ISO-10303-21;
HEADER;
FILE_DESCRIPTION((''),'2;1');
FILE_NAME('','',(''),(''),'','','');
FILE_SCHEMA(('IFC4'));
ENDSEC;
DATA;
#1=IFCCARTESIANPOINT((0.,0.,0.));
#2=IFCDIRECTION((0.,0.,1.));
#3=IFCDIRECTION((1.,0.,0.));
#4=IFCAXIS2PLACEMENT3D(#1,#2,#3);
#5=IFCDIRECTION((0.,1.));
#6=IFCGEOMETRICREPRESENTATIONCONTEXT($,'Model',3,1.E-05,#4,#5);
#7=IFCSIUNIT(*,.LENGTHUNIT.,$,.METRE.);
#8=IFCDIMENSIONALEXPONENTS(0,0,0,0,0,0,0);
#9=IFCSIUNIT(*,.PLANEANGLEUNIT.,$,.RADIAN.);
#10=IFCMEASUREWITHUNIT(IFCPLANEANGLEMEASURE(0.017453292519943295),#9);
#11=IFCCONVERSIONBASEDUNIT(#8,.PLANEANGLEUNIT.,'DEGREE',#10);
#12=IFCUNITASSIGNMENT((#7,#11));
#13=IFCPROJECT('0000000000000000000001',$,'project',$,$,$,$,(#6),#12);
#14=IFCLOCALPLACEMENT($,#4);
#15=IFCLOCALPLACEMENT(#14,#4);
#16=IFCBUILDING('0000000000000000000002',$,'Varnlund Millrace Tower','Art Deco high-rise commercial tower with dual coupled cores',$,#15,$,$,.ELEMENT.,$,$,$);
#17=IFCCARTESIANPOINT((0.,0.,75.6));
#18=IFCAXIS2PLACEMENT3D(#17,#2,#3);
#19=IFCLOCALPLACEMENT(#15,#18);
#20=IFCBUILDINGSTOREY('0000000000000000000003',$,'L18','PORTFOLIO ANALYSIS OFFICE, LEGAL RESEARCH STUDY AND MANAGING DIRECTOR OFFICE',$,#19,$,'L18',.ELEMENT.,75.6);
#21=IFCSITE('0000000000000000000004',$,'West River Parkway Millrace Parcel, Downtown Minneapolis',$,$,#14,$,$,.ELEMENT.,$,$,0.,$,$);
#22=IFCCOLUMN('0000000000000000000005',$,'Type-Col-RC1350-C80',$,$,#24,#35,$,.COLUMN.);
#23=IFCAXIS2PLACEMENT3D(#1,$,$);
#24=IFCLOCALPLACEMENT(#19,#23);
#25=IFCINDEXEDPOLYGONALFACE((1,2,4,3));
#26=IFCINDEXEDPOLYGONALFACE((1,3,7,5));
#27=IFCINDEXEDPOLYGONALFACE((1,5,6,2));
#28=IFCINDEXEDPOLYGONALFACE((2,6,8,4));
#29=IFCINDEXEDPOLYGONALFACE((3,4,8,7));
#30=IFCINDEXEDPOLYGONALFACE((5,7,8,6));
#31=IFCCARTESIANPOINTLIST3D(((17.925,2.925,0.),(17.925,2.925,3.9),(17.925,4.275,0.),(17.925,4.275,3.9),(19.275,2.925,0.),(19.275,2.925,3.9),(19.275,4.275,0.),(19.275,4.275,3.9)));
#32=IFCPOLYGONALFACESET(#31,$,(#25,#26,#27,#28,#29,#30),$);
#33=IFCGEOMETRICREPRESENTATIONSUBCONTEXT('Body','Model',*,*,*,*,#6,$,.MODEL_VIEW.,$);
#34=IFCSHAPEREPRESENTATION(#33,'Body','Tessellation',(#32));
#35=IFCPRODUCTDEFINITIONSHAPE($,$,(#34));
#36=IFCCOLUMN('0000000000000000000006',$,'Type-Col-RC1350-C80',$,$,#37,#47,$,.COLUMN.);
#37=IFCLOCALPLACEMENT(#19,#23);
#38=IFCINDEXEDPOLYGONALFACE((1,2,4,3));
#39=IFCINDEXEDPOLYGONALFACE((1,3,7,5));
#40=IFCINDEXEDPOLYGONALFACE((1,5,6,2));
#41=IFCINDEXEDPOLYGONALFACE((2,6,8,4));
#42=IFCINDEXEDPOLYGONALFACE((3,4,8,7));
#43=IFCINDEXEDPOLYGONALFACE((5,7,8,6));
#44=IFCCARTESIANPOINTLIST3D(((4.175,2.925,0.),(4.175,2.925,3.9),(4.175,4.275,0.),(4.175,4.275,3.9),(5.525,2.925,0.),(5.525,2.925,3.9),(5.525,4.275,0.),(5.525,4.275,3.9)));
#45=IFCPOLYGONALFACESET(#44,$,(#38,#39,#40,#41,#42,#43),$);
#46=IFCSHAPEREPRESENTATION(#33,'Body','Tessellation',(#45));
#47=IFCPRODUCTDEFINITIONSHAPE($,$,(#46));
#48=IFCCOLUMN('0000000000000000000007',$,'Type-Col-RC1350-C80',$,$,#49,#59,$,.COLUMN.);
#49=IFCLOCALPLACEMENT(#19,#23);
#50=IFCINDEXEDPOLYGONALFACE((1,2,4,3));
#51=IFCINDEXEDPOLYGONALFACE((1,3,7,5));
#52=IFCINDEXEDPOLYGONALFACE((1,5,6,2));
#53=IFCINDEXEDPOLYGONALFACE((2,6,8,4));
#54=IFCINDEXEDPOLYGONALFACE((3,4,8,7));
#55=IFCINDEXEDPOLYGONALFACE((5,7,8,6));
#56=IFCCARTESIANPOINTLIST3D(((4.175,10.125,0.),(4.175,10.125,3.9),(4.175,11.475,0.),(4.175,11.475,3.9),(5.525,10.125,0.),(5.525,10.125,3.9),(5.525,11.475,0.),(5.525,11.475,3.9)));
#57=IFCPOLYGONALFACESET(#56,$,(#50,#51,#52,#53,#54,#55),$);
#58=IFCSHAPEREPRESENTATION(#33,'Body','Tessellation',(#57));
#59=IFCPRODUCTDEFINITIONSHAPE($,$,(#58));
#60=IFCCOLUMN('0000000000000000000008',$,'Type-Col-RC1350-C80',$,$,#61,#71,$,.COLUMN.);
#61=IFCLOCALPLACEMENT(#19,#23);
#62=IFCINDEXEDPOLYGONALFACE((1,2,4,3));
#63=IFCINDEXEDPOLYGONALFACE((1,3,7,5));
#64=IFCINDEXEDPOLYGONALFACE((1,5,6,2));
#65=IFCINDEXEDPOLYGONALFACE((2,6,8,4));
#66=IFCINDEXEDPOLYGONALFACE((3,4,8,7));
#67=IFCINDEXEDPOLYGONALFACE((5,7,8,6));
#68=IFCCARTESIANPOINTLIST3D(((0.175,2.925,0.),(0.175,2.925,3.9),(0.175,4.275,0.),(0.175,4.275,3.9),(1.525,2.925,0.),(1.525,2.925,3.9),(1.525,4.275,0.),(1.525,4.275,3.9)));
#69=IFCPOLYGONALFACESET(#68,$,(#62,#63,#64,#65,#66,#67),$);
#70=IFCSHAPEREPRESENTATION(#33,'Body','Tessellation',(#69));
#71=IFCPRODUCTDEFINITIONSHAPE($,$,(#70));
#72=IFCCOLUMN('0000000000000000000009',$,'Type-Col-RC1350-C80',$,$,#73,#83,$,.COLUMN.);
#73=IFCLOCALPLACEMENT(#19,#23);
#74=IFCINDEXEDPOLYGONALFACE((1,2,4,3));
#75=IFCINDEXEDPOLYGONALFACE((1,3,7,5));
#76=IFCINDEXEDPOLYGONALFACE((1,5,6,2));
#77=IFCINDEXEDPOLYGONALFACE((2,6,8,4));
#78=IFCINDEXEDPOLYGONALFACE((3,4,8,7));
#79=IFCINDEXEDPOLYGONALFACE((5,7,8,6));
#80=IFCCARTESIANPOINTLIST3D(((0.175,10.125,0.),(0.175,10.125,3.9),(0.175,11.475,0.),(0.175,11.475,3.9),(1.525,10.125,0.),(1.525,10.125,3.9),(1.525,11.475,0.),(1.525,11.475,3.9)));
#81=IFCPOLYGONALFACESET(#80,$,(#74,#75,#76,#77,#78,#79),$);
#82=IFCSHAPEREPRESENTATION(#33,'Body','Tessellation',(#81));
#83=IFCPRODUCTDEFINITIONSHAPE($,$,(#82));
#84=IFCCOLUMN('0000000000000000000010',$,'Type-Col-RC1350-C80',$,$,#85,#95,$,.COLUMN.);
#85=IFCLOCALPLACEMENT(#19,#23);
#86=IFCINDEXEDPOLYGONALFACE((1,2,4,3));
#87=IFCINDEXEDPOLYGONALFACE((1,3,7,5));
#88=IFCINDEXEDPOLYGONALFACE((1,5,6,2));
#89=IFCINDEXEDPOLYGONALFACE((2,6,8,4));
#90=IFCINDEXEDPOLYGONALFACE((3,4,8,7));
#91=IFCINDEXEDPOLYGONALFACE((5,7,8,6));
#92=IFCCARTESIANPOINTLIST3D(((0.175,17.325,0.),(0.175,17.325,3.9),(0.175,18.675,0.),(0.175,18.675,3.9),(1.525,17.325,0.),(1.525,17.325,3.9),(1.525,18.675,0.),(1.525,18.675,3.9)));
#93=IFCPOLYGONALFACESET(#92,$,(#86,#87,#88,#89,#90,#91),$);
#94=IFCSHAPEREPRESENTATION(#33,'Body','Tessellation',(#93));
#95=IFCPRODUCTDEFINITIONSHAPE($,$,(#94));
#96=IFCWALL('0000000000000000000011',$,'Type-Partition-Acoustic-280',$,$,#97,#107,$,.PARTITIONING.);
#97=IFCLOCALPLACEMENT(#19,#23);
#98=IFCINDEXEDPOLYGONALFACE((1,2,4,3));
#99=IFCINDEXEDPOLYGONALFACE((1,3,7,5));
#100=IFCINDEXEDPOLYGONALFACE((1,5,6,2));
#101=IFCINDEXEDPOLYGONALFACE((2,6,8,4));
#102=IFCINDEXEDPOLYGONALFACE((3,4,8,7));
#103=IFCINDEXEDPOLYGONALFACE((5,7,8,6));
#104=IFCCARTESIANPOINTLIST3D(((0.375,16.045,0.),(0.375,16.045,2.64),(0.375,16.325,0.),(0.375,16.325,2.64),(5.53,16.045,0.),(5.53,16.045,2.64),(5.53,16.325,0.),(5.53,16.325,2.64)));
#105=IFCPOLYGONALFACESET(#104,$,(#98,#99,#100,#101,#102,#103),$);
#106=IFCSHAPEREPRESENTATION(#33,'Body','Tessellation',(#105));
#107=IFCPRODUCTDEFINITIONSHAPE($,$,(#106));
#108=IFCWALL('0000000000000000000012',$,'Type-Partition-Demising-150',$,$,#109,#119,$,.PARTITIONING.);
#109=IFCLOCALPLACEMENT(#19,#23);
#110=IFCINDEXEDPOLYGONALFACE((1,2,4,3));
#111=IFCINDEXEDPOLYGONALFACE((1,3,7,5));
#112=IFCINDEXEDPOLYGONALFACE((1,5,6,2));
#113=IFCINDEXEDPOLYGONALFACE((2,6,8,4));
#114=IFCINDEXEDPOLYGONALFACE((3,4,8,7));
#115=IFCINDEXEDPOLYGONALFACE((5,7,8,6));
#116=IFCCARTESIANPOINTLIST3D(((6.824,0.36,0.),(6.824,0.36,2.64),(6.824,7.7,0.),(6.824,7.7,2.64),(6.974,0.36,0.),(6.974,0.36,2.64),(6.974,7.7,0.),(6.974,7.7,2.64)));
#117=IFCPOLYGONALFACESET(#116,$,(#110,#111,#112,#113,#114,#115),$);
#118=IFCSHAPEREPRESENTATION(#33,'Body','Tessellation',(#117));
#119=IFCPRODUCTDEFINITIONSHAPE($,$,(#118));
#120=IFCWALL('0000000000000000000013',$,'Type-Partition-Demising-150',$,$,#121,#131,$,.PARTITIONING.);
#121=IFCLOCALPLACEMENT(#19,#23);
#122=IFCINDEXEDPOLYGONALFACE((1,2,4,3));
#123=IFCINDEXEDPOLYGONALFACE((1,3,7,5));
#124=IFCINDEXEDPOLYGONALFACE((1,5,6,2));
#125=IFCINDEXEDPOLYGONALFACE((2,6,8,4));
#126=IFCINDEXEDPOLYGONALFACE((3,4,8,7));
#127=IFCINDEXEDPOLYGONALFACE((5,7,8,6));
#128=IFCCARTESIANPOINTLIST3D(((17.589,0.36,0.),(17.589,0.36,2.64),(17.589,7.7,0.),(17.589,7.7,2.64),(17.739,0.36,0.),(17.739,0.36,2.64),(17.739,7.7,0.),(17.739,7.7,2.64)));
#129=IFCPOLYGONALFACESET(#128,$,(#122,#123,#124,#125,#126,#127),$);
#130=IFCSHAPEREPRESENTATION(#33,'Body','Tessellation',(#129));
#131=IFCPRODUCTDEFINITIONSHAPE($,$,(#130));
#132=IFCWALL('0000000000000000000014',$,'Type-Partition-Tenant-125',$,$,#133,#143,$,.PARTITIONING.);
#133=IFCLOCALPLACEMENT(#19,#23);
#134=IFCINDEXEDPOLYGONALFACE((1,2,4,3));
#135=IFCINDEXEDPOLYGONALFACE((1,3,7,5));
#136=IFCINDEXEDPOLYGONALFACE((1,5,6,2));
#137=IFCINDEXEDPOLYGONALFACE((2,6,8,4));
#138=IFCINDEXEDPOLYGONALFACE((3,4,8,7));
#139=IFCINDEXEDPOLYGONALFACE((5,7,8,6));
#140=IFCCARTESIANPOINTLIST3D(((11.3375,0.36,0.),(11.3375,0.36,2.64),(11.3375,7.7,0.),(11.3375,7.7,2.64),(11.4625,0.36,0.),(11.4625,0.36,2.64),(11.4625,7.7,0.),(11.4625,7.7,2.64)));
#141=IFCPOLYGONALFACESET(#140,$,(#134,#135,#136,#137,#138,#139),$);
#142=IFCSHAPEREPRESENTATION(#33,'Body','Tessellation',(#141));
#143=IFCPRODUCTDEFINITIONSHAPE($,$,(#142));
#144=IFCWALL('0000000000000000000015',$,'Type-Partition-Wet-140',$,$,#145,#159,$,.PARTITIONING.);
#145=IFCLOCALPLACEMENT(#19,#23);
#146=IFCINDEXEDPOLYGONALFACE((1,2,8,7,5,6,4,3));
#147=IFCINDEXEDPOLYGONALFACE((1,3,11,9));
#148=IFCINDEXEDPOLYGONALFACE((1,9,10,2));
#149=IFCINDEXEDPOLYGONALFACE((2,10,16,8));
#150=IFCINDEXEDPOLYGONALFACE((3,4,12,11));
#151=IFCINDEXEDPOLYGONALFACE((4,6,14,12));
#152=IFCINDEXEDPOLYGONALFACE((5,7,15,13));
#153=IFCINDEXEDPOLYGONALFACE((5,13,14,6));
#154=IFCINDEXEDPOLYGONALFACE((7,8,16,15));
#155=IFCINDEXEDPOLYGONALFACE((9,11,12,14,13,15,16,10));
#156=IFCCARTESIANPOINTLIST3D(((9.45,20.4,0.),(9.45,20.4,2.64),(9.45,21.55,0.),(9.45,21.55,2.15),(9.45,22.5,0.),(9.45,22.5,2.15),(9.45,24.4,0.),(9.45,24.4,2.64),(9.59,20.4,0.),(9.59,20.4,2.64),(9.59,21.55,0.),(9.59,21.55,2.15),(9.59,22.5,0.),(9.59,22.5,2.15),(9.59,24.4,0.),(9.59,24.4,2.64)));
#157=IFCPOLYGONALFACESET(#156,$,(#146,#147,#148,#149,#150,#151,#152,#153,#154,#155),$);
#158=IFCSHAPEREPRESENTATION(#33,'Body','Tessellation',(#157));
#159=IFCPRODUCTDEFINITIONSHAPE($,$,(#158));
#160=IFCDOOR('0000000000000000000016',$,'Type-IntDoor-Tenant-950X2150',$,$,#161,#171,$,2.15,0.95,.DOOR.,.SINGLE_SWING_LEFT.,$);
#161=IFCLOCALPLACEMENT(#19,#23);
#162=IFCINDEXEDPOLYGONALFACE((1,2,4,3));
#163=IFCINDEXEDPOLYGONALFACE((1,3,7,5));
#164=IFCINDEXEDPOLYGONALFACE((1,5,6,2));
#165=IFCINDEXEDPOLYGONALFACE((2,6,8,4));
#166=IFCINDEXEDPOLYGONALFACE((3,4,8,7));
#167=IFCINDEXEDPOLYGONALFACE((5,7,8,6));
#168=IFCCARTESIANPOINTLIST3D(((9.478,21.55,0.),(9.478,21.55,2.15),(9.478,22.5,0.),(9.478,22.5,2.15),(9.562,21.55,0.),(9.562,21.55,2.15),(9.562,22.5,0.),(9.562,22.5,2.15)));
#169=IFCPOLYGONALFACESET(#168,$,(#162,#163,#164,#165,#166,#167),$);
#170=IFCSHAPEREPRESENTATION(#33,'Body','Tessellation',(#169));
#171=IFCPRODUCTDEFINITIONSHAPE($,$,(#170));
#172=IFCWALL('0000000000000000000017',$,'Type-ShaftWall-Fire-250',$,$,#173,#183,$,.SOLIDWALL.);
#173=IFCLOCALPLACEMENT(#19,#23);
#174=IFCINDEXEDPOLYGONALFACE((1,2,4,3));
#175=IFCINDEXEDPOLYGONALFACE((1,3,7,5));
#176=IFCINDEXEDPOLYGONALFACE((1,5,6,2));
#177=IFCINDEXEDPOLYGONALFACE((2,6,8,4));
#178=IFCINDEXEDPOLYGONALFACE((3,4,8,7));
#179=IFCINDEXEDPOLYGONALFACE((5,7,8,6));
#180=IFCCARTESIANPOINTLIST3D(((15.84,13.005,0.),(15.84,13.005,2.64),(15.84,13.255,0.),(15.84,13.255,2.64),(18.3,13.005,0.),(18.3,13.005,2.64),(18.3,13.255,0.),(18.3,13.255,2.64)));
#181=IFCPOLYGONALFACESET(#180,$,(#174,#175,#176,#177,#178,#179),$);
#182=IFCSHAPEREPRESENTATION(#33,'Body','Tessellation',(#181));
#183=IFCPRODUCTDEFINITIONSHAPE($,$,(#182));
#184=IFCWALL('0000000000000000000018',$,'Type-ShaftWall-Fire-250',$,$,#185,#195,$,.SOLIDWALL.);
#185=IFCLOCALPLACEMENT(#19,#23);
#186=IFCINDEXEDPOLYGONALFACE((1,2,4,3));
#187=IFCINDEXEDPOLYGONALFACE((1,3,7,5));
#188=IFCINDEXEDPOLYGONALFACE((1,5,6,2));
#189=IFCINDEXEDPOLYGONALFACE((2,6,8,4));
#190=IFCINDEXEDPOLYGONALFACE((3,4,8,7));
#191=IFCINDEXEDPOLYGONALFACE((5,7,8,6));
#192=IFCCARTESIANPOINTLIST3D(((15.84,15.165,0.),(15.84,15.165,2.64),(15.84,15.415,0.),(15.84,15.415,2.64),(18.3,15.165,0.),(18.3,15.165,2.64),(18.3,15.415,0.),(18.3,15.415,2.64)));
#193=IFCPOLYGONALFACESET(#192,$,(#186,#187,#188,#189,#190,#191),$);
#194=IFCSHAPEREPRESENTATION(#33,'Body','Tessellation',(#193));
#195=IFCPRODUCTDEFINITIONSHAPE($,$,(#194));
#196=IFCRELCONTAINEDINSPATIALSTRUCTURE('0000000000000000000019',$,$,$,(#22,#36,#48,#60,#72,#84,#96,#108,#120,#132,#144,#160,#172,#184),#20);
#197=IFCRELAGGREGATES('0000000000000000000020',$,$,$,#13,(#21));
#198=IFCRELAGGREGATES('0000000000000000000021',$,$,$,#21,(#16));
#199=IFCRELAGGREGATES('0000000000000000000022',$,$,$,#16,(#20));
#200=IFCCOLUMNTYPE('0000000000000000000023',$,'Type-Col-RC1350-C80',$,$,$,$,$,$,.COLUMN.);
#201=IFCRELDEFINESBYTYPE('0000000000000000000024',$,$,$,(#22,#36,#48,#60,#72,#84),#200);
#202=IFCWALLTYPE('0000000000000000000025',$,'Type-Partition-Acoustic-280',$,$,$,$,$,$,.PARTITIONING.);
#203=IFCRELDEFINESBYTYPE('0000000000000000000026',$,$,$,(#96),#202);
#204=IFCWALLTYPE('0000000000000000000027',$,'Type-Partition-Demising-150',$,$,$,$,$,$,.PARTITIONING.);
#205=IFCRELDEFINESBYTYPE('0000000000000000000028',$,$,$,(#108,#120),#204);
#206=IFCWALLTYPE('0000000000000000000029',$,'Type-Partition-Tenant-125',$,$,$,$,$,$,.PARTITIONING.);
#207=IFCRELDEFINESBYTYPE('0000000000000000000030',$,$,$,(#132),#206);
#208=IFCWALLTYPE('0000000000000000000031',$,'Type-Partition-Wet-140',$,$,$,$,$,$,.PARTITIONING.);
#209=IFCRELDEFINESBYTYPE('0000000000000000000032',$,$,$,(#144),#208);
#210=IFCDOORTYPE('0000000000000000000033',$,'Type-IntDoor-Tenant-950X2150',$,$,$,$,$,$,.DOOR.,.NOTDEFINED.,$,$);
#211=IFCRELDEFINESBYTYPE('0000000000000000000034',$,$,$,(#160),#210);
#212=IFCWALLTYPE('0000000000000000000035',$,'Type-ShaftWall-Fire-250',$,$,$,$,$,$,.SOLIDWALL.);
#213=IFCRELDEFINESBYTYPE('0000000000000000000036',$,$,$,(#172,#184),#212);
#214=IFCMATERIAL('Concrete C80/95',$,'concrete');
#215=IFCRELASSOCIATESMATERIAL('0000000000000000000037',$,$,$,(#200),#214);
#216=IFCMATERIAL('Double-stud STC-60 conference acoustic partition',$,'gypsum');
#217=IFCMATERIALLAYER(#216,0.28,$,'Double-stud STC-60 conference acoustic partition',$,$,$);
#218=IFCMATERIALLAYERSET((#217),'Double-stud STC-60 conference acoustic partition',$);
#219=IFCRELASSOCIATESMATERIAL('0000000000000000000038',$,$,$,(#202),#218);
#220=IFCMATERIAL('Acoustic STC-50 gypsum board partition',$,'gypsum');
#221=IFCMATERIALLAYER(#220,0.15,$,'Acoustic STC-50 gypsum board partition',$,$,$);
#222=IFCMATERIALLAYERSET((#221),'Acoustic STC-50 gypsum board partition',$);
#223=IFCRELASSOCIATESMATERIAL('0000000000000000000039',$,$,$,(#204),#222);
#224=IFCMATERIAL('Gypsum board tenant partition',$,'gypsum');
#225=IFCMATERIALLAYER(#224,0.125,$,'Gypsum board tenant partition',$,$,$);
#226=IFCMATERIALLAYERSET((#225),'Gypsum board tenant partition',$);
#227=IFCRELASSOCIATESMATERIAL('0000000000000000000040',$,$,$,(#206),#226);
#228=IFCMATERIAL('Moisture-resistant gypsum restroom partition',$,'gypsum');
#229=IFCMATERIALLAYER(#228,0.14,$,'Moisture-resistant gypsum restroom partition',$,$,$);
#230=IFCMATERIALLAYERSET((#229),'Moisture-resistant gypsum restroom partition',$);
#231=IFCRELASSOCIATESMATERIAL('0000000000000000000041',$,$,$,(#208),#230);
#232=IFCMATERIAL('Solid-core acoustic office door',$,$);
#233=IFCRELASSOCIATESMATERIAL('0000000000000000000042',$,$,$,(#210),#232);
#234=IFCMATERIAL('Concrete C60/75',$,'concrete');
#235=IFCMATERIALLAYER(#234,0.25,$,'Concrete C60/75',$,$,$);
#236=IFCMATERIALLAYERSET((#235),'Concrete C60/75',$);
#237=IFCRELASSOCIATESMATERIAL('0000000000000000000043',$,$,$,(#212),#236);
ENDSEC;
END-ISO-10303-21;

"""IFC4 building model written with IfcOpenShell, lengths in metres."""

from ifc_helpers import new_model, entity, si_unit, converted_unit, direction, frame, origin_with_axes, origin_2d_with_axis, place, context, subcontext, project, spatial, polyline, rectangle, outline, extrude, material, layer, layer_set, material_profile, profile_set, type_object, element, fill, save


model = new_model("IFC4")

# Units and contexts
model_context = context("Model", 3, precision=1e-05, world=origin_with_axes(), true_north=direction((0.0, 1.0)))
body_context = subcontext(model_context, "Body", "Model", "MODEL_VIEW")
ifc_project = project(units=[si_unit("LENGTHUNIT", "METRE"), converted_unit("PLANEANGLEUNIT", "DEGREE", entity("IfcPlaneAngleMeasure", 0.017453292519943295), si_unit("PLANEANGLEUNIT", "RADIAN"), dimensions=[0, 0, 0, 0, 0, 0, 0])], contexts=[model_context])

# Site, building, storey
site_placement = place(None, origin_with_axes())
site = spatial("IfcSite", under=ifc_project, at=site_placement, Name="West River Parkway Millrace Parcel, Downtown Minneapolis", CompositionType="ELEMENT", RefElevation=0.0)
building_placement = place(site_placement, origin_with_axes())
building = spatial("IfcBuilding", under=site, at=building_placement, Name="Varnlund Millrace Tower", Description="Art Deco high-rise commercial tower with dual coupled cores", CompositionType="ELEMENT")
storey_placement = place(building_placement, frame((0.0, 0.0, 75.6), z_axis=(0.0, 0.0, 1.0), x_axis=(1.0, 0.0, 0.0)))
storey = spatial("IfcBuildingStorey", under=building, at=storey_placement, Name="L18", Description="PORTFOLIO ANALYSIS OFFICE, LEGAL RESEARCH STUDY AND MANAGING DIRECTOR OFFICE", LongName="L18", CompositionType="ELEMENT", Elevation=75.6)

# Columns
ifc_material_1 = material(Name="Concrete C80/95", Category="concrete")
ifc_material_profile = material_profile(ifc_material_1, rectangle(XDim=1.35, YDim=1.35, at=origin_2d_with_axis()), Name="Concrete C80/95")
ifc_profile_set = profile_set([ifc_material_profile], Name="Concrete C80/95")
column_type = type_object("IfcColumnType", Name="Type-Col-RC1350-C80", PredefinedType="COLUMN", material=ifc_profile_set)
for number, where, z_axis, x_axis, name in (
    (1, (18.6, 3.6, 0.0), (0.0, 0.0, 1.0), (1.0, 0.0, 0.0), "Type-Col-RC1350-C80"),
    (2, (4.85, 3.6, 0.0), (0.0, 0.0, 1.0), (1.0, 0.0, 0.0), "Type-Col-RC1350-C80"),
    (3, (4.85, 10.8, 0.0), (0.0, 0.0, 1.0), (1.0, 0.0, 0.0), "Type-Col-RC1350-C80"),
    (4, (0.85, 3.6, 0.0), (0.0, 0.0, 1.0), (1.0, 0.0, 0.0), "Type-Col-RC1350-C80"),
    (5, (0.85, 10.8, 0.0), (0.0, 0.0, 1.0), (1.0, 0.0, 0.0), "Type-Col-RC1350-C80"),
    (6, (0.85, 18.0, 0.0), (0.0, 0.0, 1.0), (1.0, 0.0, 0.0), "Type-Col-RC1350-C80"),
):
    element("IfcColumn", number, at=place(storey_placement, frame(where, z_axis=z_axis, x_axis=x_axis)), inside=storey, type_object=column_type, Name=name, PredefinedType="COLUMN", context=body_context, shape_type="SweptSolid", body=[
        extrude(rectangle(XDim=1.35, YDim=1.35, at=origin_2d_with_axis()), origin_with_axes(), (0.0, 0.0, 1.0), 3.9),
    ])

# Wall
ifc_material_2 = material(Name="Double-stud STC-60 conference acoustic partition", Category="gypsum")
ifc_layer_1 = layer(ifc_material_2, 0.28, Name="Double-stud STC-60 conference acoustic partition")
ifc_layer_set_1 = layer_set([ifc_layer_1], Name="Double-stud STC-60 conference acoustic partition")
wall_type_1 = type_object("IfcWallType", Name="Type-Partition-Acoustic-280", PredefinedType="PARTITIONING", material=ifc_layer_set_1)
wall_1_placement = place(storey_placement, frame((0.375, 16.185, 0.0), z_axis=(0.0, 0.0, 1.0), x_axis=(1.0, 0.0, 0.0)))
element("IfcWall", 7, at=wall_1_placement, inside=storey, type_object=wall_type_1, Name="Type-Partition-Acoustic-280", PredefinedType="PARTITIONING", context=body_context, shape_type="SweptSolid", body=[
    extrude(outline(polyline([(0.0, -0.14), (5.155, -0.14), (5.155, 0.14), (0.0, 0.14), (0.0, -0.14)])), origin_with_axes(), (0.0, 0.0, 1.0), 2.64),
])

# Walls
ifc_material_3 = material(Name="Acoustic STC-50 gypsum board partition", Category="gypsum")
ifc_layer_2 = layer(ifc_material_3, 0.15, Name="Acoustic STC-50 gypsum board partition")
ifc_layer_set_2 = layer_set([ifc_layer_2], Name="Acoustic STC-50 gypsum board partition")
wall_type_2 = type_object("IfcWallType", Name="Type-Partition-Demising-150", PredefinedType="PARTITIONING", material=ifc_layer_set_2)
for number, where, z_axis, x_axis, name in (
    (8, (6.899, 0.36, 0.0), (0.0, 0.0, 1.0), (0.0, 1.0, 0.0), "Type-Partition-Demising-150"),
    (9, (17.664, 0.36, 0.0), (0.0, 0.0, 1.0), (0.0, 1.0, 0.0), "Type-Partition-Demising-150"),
):
    element("IfcWall", number, at=place(storey_placement, frame(where, z_axis=z_axis, x_axis=x_axis)), inside=storey, type_object=wall_type_2, Name=name, PredefinedType="PARTITIONING", context=body_context, shape_type="SweptSolid", body=[
        extrude(outline(polyline([(0.0, -0.075), (7.34, -0.075), (7.34, 0.075), (0.0, 0.075), (0.0, -0.075)])), origin_with_axes(), (0.0, 0.0, 1.0), 2.64),
    ])
ifc_material_4 = material(Name="Gypsum board tenant partition", Category="gypsum")
ifc_layer_3 = layer(ifc_material_4, 0.125, Name="Gypsum board tenant partition")
ifc_layer_set_3 = layer_set([ifc_layer_3], Name="Gypsum board tenant partition")
wall_type_3 = type_object("IfcWallType", Name="Type-Partition-Tenant-125", PredefinedType="PARTITIONING", material=ifc_layer_set_3)
wall_2_placement = place(storey_placement, frame((11.4, 0.36, 0.0), z_axis=(0.0, 0.0, 1.0), x_axis=(0.0, 1.0, 0.0)))
element("IfcWall", 10, at=wall_2_placement, inside=storey, type_object=wall_type_3, Name="Type-Partition-Tenant-125", PredefinedType="PARTITIONING", context=body_context, shape_type="SweptSolid", body=[
    extrude(outline(polyline([(0.0, -0.0625), (7.34, -0.0625), (7.34, 0.0625), (0.0, 0.0625), (0.0, -0.0625)])), origin_with_axes(), (0.0, 0.0, 1.0), 2.64),
])

# Wall, opening, door
ifc_material_5 = material(Name="Moisture-resistant gypsum restroom partition", Category="gypsum")
ifc_layer_4 = layer(ifc_material_5, 0.14, Name="Moisture-resistant gypsum restroom partition")
ifc_layer_set_4 = layer_set([ifc_layer_4], Name="Moisture-resistant gypsum restroom partition")
wall_type_4 = type_object("IfcWallType", Name="Type-Partition-Wet-140", PredefinedType="PARTITIONING", material=ifc_layer_set_4)
wall_3_placement = place(storey_placement, frame((9.52, 20.4, 0.0), z_axis=(0.0, 0.0, 1.0), x_axis=(0.0, 1.0, 0.0)))
wall_3 = element("IfcWall", 11, at=wall_3_placement, inside=storey, type_object=wall_type_4, Name="Type-Partition-Wet-140", PredefinedType="PARTITIONING", context=body_context, shape_type="SweptSolid", body=[
    extrude(outline(polyline([(0.0, -0.07), (4.0, -0.07), (4.0, 0.07), (0.0, 0.07), (0.0, -0.07)])), origin_with_axes(), (0.0, 0.0, 1.0), 2.64),
])
opening_1_placement = place(wall_3_placement, frame((1.625, 0.0, 0.0), z_axis=(0.0, 0.0, 1.0), x_axis=(1.0, 0.0, 0.0)))
opening_1 = element("IfcOpeningElement", 12, at=opening_1_placement, cuts=wall_3, PredefinedType="OPENING", context=body_context, shape_type="SweptSolid", body=[
    extrude(rectangle(XDim=0.95, YDim=0.16, at=origin_2d_with_axis()), origin_with_axes(), (0.0, 0.0, 1.0), 2.15),
])
ifc_material_6 = material(Name="Solid-core acoustic office door")
door_type_1 = type_object("IfcDoorType", Name="Type-IntDoor-Tenant-950X2150", OperationType="NOTDEFINED", PredefinedType="DOOR", material=ifc_material_6)
door_1_placement = place(wall_3_placement, frame((1.625, 0.0, 0.0), z_axis=(0.0, 0.0, 1.0), x_axis=(1.0, 0.0, 0.0)))
door_1 = element("IfcDoor", 13, at=door_1_placement, inside=storey, type_object=door_type_1, Name="Type-IntDoor-Tenant-950X2150", OperationType="SINGLE_SWING_LEFT", OverallHeight=2.15, OverallWidth=0.95, PredefinedType="DOOR", context=body_context, shape_type="SweptSolid", body=[
    extrude(rectangle(XDim=0.95, YDim=0.084, at=origin_2d_with_axis()), origin_with_axes(), (0.0, 0.0, 1.0), 2.15),
])
fill(opening_1, door_1)

# Walls
ifc_material_7 = material(Name="Concrete C60/75", Category="concrete")
ifc_layer_5 = layer(ifc_material_7, 0.25, Name="Concrete C60/75")
ifc_layer_set_5 = layer_set([ifc_layer_5], Name="Concrete C60/75")
wall_type_5 = type_object("IfcWallType", Name="Type-ShaftWall-Fire-250", PredefinedType="SOLIDWALL", material=ifc_layer_set_5)
for number, where, z_axis, x_axis, name in (
    (14, (15.84, 13.13, 0.0), (0.0, 0.0, 1.0), (1.0, 0.0, 0.0), "Type-ShaftWall-Fire-250"),
    (15, (15.84, 15.29, 0.0), (0.0, 0.0, 1.0), (1.0, 0.0, 0.0), "Type-ShaftWall-Fire-250"),
):
    element("IfcWall", number, at=place(storey_placement, frame(where, z_axis=z_axis, x_axis=x_axis)), inside=storey, type_object=wall_type_5, Name=name, PredefinedType="SOLIDWALL", context=body_context, shape_type="SweptSolid", body=[
        extrude(outline(polyline([(0.0, -0.125), (2.46, -0.125), (2.46, 0.125), (0.0, 0.125), (0.0, -0.125)])), origin_with_axes(), (0.0, 0.0, 1.0), 2.64),
    ])

save(model, "model.ifc")
